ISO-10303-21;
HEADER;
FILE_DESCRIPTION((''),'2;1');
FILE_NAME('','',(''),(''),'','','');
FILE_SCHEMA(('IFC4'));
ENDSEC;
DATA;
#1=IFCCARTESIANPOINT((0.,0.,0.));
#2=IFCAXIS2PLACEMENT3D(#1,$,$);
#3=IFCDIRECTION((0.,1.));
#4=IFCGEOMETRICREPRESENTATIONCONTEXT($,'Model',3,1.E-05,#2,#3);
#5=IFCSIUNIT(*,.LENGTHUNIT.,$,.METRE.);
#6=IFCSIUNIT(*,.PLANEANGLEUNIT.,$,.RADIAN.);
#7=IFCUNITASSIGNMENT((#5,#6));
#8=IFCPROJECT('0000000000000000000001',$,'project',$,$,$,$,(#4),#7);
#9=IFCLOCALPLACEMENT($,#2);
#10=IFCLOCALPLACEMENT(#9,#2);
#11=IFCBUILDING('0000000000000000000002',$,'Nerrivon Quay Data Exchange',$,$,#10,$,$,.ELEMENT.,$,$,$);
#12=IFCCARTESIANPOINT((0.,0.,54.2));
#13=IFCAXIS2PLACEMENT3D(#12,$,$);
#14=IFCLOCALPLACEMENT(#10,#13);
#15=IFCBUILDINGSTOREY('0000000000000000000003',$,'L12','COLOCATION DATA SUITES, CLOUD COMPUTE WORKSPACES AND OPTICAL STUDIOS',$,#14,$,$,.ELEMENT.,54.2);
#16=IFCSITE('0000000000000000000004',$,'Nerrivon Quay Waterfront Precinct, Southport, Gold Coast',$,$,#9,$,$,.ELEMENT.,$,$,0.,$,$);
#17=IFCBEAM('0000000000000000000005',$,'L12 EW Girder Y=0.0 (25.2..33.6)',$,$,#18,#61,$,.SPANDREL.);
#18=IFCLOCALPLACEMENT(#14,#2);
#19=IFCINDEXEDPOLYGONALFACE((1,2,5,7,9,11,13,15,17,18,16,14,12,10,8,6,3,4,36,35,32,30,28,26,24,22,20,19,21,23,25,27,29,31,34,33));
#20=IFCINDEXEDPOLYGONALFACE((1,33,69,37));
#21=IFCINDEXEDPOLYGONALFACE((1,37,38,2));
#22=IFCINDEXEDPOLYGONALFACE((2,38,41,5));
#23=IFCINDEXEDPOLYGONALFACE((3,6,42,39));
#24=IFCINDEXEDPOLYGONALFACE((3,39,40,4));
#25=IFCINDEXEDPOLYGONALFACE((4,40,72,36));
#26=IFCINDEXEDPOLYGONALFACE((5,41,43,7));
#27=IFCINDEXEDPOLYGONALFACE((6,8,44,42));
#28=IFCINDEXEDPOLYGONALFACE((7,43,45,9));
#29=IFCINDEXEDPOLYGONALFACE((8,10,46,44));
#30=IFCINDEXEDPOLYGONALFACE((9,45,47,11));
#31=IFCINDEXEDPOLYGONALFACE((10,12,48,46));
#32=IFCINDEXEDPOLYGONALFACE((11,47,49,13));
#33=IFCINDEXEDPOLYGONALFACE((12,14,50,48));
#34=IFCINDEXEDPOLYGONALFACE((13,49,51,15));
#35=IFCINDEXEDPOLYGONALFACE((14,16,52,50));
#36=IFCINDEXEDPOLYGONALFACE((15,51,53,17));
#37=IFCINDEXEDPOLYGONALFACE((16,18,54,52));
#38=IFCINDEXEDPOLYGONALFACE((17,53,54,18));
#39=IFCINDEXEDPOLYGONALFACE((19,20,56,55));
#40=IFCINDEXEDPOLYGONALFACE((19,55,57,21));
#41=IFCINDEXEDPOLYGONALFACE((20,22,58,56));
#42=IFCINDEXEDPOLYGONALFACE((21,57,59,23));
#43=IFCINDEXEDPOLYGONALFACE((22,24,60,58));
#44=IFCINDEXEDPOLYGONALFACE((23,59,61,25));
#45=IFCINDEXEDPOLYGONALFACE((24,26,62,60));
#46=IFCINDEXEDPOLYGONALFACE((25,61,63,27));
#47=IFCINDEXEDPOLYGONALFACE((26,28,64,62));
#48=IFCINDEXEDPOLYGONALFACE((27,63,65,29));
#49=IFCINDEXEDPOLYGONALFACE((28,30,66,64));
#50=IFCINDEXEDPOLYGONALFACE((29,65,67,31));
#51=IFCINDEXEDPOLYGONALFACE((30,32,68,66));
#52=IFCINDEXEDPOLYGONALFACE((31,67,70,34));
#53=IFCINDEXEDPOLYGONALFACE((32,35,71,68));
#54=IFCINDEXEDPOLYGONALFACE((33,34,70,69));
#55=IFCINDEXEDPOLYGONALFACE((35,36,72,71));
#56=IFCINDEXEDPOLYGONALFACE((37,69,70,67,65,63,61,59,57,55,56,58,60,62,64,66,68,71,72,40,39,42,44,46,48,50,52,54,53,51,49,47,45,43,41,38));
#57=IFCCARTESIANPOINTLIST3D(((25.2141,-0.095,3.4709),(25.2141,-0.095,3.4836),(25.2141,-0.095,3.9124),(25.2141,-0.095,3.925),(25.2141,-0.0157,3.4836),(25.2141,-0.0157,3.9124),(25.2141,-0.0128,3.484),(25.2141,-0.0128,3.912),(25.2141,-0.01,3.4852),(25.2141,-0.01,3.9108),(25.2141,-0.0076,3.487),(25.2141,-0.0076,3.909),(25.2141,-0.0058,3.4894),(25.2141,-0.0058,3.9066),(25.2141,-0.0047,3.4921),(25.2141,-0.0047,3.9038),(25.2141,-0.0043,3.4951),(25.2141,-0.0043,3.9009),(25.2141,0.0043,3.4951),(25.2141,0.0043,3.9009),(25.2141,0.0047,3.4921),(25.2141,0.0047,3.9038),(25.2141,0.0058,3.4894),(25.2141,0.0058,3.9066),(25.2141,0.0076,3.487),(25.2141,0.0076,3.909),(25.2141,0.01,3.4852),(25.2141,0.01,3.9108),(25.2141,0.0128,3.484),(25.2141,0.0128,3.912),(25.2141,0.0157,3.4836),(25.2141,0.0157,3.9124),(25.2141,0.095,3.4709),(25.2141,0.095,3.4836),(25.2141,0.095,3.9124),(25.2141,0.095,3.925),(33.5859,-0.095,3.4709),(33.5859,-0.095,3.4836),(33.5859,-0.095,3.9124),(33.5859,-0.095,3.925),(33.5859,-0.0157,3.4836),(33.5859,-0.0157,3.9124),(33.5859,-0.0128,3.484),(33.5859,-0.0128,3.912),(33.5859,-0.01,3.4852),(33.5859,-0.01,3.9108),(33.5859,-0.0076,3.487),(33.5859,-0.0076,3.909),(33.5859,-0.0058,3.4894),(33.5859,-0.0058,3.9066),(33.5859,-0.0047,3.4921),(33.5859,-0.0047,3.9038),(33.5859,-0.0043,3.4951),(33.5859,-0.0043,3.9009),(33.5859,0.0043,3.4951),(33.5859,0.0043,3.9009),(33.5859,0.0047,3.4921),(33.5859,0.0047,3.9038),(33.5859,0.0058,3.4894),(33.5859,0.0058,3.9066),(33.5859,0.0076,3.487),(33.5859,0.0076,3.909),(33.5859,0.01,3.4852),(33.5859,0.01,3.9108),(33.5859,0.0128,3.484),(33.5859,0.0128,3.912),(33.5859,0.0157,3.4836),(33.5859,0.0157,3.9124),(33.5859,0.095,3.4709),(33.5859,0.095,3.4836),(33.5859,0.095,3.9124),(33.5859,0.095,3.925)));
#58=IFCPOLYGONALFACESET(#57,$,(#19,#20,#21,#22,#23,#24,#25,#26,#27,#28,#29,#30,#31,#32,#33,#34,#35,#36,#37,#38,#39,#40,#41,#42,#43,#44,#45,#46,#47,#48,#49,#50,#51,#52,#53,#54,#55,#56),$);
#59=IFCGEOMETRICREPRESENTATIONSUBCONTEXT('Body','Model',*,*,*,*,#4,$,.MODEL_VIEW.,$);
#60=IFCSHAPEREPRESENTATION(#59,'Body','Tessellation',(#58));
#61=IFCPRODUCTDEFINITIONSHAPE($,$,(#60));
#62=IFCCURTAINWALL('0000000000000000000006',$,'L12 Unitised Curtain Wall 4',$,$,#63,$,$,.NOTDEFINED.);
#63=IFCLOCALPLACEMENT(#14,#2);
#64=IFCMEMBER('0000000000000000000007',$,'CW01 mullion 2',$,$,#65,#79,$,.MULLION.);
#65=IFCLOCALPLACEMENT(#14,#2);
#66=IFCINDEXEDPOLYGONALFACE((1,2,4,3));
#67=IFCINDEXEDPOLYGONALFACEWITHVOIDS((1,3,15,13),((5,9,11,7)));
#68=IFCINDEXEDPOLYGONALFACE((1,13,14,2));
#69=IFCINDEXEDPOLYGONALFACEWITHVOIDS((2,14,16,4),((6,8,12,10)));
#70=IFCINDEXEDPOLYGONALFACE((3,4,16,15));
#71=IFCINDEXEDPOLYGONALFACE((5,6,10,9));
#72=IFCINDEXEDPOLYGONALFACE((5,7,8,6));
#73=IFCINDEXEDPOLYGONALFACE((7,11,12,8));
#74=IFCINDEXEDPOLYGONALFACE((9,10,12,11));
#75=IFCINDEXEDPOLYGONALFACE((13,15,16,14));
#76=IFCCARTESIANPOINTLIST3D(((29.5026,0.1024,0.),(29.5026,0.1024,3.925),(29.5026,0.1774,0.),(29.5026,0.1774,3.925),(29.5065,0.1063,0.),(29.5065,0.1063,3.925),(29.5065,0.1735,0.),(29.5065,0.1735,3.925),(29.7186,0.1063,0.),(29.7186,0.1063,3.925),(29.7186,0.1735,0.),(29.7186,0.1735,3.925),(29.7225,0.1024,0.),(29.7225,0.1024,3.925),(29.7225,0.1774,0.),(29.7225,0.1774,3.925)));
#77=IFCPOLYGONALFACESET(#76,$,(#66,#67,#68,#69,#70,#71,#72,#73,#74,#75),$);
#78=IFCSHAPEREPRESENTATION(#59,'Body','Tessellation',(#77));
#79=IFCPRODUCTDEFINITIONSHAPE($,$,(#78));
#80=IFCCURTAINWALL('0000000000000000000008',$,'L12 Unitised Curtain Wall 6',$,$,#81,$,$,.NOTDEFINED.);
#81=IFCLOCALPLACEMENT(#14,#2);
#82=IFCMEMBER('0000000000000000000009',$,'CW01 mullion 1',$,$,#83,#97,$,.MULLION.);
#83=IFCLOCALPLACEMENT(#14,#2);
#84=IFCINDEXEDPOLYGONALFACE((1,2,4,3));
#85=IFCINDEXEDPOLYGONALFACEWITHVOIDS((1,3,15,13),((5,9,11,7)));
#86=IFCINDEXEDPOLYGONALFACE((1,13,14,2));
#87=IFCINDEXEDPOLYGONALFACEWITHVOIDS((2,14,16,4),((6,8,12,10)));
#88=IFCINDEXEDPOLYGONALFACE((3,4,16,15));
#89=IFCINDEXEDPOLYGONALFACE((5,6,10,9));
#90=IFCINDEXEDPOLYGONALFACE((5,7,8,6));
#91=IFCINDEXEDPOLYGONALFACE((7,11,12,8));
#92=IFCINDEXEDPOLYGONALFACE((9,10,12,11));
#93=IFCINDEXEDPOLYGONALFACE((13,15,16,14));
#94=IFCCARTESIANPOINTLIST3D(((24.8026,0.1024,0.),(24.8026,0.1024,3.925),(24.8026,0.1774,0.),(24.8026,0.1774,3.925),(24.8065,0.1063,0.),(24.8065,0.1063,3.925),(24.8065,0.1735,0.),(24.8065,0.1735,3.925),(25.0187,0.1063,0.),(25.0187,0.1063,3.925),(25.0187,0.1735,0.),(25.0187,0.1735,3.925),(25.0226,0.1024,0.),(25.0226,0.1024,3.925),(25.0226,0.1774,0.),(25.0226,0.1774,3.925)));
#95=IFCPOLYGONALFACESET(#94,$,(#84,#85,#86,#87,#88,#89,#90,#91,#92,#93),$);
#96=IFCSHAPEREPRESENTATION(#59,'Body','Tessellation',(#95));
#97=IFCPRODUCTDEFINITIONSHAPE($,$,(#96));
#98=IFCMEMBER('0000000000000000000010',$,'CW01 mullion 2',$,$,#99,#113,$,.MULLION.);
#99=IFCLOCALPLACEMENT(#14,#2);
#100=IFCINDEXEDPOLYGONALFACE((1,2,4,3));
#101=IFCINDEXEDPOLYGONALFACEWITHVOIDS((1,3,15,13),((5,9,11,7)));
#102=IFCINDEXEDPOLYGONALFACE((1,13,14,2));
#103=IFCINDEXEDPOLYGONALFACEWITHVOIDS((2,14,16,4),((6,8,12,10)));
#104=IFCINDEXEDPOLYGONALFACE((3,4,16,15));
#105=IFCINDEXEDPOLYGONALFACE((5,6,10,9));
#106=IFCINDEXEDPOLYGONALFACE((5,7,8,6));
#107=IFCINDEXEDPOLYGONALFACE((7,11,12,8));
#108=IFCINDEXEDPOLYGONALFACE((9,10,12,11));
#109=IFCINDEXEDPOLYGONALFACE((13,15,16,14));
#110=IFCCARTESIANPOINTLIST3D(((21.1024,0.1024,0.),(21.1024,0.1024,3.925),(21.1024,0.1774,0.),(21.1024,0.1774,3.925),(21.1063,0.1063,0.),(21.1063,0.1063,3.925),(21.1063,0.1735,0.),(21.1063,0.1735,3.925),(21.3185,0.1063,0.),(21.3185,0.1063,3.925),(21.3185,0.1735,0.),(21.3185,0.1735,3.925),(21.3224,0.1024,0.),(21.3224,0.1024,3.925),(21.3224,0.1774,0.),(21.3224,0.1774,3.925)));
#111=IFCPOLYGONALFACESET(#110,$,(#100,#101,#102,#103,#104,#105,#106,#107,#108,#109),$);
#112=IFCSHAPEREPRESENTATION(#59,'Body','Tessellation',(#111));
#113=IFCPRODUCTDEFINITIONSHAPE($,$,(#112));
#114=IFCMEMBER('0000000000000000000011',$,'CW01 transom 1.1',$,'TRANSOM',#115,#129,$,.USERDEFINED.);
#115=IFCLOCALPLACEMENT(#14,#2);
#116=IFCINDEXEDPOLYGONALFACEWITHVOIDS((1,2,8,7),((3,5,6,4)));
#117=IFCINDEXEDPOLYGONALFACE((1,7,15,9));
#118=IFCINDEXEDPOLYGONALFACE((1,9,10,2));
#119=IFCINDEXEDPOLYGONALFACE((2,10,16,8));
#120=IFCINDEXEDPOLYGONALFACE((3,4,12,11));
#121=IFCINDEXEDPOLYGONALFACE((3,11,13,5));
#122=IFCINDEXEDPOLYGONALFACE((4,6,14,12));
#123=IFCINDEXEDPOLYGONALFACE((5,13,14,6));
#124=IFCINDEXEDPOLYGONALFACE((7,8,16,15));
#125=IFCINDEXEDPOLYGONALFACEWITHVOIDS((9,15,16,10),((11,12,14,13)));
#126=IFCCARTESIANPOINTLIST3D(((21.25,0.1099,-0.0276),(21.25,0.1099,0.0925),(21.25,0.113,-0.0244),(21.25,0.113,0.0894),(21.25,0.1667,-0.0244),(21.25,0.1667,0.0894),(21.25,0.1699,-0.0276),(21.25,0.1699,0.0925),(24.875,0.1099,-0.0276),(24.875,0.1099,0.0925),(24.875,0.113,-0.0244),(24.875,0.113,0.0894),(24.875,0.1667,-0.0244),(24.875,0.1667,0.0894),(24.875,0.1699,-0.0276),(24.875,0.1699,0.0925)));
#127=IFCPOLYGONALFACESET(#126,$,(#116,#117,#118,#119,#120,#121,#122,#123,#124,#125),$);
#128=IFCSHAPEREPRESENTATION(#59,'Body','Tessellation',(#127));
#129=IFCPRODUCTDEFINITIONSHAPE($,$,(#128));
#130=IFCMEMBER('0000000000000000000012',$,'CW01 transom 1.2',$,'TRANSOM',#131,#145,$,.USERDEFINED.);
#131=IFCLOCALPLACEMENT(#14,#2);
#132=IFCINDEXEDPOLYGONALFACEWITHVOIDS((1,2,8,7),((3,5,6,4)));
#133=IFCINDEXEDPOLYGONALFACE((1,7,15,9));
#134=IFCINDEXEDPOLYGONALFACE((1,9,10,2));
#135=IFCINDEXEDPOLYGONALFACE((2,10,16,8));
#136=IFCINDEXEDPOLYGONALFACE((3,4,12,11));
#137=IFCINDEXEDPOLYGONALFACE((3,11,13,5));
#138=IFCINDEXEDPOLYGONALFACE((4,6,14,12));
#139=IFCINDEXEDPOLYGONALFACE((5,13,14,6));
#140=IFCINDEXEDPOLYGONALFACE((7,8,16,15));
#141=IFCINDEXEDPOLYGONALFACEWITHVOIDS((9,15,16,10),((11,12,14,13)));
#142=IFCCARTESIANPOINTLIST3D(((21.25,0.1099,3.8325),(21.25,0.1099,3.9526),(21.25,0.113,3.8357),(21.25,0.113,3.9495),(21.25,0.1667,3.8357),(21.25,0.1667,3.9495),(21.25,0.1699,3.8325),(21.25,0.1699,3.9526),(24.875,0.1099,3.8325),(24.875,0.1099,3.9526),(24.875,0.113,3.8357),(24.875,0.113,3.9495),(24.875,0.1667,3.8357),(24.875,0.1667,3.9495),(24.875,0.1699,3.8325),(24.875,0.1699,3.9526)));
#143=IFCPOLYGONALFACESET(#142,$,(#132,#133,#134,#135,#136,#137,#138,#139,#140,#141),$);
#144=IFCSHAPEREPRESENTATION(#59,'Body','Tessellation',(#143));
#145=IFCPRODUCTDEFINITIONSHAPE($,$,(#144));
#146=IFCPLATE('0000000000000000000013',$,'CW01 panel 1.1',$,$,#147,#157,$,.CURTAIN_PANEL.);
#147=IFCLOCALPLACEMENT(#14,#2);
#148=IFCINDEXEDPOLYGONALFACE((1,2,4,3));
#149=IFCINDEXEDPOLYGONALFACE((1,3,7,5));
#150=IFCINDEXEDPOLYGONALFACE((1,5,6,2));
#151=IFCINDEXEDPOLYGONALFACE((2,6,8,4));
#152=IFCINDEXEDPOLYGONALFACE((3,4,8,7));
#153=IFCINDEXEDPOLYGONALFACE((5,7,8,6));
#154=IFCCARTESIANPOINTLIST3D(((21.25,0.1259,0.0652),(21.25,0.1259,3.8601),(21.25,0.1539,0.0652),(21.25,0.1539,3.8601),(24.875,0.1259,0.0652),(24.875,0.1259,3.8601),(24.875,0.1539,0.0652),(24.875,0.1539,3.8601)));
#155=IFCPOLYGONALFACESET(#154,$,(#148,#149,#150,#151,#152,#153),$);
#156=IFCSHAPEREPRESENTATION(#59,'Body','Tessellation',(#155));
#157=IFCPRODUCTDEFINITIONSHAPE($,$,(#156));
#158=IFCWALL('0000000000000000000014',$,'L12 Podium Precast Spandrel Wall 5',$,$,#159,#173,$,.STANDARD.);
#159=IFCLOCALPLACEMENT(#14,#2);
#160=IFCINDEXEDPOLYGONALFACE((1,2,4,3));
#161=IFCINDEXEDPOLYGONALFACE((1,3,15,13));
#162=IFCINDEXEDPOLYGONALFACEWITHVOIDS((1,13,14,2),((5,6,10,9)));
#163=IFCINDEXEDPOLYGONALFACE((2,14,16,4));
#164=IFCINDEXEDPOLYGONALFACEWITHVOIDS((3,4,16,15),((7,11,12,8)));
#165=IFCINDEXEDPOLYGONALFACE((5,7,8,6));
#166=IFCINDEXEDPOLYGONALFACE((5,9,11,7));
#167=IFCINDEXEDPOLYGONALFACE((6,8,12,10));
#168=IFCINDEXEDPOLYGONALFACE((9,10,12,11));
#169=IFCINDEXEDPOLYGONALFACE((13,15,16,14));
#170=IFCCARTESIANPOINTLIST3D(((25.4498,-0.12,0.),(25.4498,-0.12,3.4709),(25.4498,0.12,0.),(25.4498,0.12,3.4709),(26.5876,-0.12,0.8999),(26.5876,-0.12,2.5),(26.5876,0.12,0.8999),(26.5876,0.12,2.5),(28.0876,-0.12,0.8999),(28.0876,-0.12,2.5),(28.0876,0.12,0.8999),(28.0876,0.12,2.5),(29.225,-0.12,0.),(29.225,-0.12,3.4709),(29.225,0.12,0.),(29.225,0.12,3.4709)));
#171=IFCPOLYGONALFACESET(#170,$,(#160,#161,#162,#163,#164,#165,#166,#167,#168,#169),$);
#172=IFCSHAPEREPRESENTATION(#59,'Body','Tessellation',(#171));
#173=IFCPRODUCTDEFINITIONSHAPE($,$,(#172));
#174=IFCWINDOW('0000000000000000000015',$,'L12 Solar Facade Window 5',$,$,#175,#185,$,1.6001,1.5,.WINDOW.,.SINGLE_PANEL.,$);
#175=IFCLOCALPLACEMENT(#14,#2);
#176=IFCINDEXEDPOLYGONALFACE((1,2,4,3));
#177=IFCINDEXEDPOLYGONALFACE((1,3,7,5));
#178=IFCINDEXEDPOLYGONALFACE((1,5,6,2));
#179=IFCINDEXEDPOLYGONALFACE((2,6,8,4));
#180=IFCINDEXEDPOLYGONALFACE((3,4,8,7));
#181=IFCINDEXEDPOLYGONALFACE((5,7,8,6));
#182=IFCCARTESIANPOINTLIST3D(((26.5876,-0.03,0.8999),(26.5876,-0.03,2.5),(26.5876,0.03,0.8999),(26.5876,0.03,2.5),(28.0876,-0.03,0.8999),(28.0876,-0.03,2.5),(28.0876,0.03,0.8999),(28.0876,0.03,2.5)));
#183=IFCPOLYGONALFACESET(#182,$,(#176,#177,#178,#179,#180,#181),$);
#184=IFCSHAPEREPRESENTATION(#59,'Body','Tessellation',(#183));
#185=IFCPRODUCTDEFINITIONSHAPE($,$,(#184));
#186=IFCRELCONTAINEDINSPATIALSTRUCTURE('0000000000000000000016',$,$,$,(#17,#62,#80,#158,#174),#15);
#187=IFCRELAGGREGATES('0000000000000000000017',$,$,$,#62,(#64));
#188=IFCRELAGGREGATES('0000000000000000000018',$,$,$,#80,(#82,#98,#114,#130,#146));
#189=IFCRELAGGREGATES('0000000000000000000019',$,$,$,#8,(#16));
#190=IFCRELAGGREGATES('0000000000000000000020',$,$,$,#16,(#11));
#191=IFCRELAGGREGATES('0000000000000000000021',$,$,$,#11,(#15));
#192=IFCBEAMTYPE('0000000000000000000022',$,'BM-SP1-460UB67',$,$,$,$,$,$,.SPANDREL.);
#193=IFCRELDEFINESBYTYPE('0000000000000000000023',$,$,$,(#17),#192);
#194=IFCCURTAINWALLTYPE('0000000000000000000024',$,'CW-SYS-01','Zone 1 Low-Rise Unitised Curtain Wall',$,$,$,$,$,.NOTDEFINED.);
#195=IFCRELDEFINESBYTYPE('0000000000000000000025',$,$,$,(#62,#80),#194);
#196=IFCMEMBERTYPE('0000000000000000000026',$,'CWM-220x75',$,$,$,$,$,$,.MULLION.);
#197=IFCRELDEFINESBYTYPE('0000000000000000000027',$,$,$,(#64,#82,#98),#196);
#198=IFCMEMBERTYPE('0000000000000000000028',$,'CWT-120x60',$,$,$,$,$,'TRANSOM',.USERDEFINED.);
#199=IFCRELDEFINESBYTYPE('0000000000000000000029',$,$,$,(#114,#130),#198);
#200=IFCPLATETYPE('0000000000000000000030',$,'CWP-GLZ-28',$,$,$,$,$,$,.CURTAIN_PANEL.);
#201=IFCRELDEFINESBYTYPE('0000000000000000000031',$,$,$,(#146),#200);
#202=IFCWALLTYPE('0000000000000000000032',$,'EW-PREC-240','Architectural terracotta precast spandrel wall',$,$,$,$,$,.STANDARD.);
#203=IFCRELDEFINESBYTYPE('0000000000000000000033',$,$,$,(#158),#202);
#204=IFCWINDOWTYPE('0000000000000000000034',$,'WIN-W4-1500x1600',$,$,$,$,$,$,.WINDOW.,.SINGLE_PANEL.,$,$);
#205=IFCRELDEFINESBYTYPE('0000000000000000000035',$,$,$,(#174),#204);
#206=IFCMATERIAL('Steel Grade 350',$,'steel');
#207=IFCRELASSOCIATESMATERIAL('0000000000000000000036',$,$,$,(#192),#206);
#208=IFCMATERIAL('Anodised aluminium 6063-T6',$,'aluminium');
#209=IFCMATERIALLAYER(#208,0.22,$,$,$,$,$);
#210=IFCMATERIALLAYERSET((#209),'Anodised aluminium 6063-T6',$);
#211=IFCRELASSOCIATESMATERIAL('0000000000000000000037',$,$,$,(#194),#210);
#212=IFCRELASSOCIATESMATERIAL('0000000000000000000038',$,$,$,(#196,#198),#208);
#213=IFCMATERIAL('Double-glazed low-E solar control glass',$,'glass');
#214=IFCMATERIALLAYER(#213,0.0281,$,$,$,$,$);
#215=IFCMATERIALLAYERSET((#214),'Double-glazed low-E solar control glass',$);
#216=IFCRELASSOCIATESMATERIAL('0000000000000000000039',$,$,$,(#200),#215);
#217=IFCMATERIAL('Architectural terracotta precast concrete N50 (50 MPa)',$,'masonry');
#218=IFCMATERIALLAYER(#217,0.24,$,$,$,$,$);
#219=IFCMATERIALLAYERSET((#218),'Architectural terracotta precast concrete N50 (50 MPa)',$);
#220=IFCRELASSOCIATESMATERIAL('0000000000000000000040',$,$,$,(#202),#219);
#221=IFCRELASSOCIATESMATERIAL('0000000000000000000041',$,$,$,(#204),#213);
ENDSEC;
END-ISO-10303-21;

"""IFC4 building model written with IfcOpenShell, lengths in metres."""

from ifc_helpers import new_model, si_unit, direction, frame, frame_2d, origin, origin_2d, place, context, subcontext, project, spatial, rectangle, hollow_rectangle, i_section, extrude, material, layer, layer_set, material_profile, profile_set, type_object, element, fill, aggregate, save


model = new_model("IFC4")

# Units and contexts
model_context = context("Model", 3, precision=1e-05, world=origin(), true_north=direction((0.0, 1.0)))
body_context = subcontext(model_context, "Body", "Model", "MODEL_VIEW")
ifc_project = project(units=[si_unit("LENGTHUNIT", "METRE"), si_unit("PLANEANGLEUNIT", "RADIAN")], contexts=[model_context])

# Site, building, storey
site_placement = place(None, origin())
site = spatial("IfcSite", under=ifc_project, at=site_placement, Name="Nerrivon Quay Waterfront Precinct, Southport, Gold Coast", CompositionType="ELEMENT", RefElevation=0.0)
building_placement = place(site_placement, origin())
building = spatial("IfcBuilding", under=site, at=building_placement, Name="Nerrivon Quay Data Exchange", CompositionType="ELEMENT")
storey_placement = place(building_placement, frame((0.0, 0.0, 54.2)))
storey = spatial("IfcBuildingStorey", under=building, at=storey_placement, Name="L12", Description="COLOCATION DATA SUITES, CLOUD COMPUTE WORKSPACES AND OPTICAL STUDIOS", CompositionType="ELEMENT", Elevation=54.2)

# Shared definitions
ifc_material_1 = material(Name="Steel Grade 350", Category="steel")

# Beam
ifc_material_profile_1 = material_profile(ifc_material_1, i_section(OverallWidth=0.1899, OverallDepth=0.4541, WebThickness=0.0085, FlangeThickness=0.0127, FilletRadius=0.0115, at=origin_2d()), Name="460UB67.1")
ifc_profile_set_1 = profile_set([ifc_material_profile_1], Name="Steel Grade 350")
beam_type_1 = type_object("IfcBeamType", Name="BM-SP1-460UB67", PredefinedType="SPANDREL", material=ifc_profile_set_1)
beam_1_placement = place(storey_placement, frame((25.2141, 0.0, 3.698), z_axis=(1.0, 0.0, 0.0), x_axis=(0.0, 1.0, 0.0)))
element("IfcBeam", 1, at=beam_1_placement, inside=storey, type_object=beam_type_1, Name="L12 EW Girder Y=0.0 (25.2..33.6)", PredefinedType="SPANDREL", context=body_context, shape_type="SweptSolid", body=[
    extrude(i_section(OverallWidth=0.1899, OverallDepth=0.4541, WebThickness=0.0085, FlangeThickness=0.0127, FilletRadius=0.0115, at=origin_2d()), origin(), (0.0, 0.0, 1.0), 8.3718),
])

# Curtain wall, member
ifc_material_2 = material(Name="Anodised aluminium 6063-T6", Category="aluminium")
ifc_layer_1 = layer(ifc_material_2, 0.22)
ifc_layer_set_1 = layer_set([ifc_layer_1], Name="Anodised aluminium 6063-T6")
curtain_wall_type = type_object("IfcCurtainWallType", Name="CW-SYS-01", Description="Zone 1 Low-Rise Unitised Curtain Wall", PredefinedType="NOTDEFINED", material=ifc_layer_set_1)
curtain_wall_1_placement = place(storey_placement, origin())
curtain_wall_1 = element("IfcCurtainWall", 2, at=curtain_wall_1_placement, inside=storey, type_object=curtain_wall_type, Name="L12 Unitised Curtain Wall 4", PredefinedType="NOTDEFINED")
ifc_material_profile_2 = material_profile(ifc_material_2, hollow_rectangle(XDim=0.075, YDim=0.22, WallThickness=0.0039, at=origin_2d()), Name="ALU-MULL-220x75")
ifc_profile_set_2 = profile_set([ifc_material_profile_2], Name="Anodised aluminium 6063-T6")
member_type_1 = type_object("IfcMemberType", Name="CWM-220x75", PredefinedType="MULLION", material=ifc_profile_set_2)
member_1_placement = place(storey_placement, frame((29.6125, 0.1399, 0.0), z_axis=(0.0, 0.0, 1.0), x_axis=(0.0, -1.0, 0.0)))
member_1 = element("IfcMember", 3, at=member_1_placement, type_object=member_type_1, Name="CW01 mullion 2", PredefinedType="MULLION", context=body_context, shape_type="SweptSolid", body=[
    extrude(hollow_rectangle(XDim=0.075, YDim=0.22, WallThickness=0.0039, at=origin_2d()), origin(), (0.0, 0.0, 1.0), 3.925),
])
aggregate(curtain_wall_1, [member_1])

# Curtain wall, members, plate
curtain_wall_2_placement = place(storey_placement, origin())
curtain_wall_2 = element("IfcCurtainWall", 4, at=curtain_wall_2_placement, inside=storey, type_object=curtain_wall_type, Name="L12 Unitised Curtain Wall 6", PredefinedType="NOTDEFINED")
member_2_placement = place(storey_placement, frame((24.9126, 0.1399, 0.0), z_axis=(0.0, 0.0, 1.0), x_axis=(0.0, -1.0, 0.0)))
member_2 = element("IfcMember", 5, at=member_2_placement, type_object=member_type_1, Name="CW01 mullion 1", PredefinedType="MULLION", context=body_context, shape_type="SweptSolid", body=[
    extrude(hollow_rectangle(XDim=0.075, YDim=0.22, WallThickness=0.0039, at=origin_2d()), origin(), (0.0, 0.0, 1.0), 3.925),
])
member_3_placement = place(storey_placement, frame((21.2124, 0.1399, 0.0), z_axis=(0.0, 0.0, 1.0), x_axis=(0.0, -1.0, 0.0)))
member_3 = element("IfcMember", 6, at=member_3_placement, type_object=member_type_1, Name="CW01 mullion 2", PredefinedType="MULLION", context=body_context, shape_type="SweptSolid", body=[
    extrude(hollow_rectangle(XDim=0.075, YDim=0.22, WallThickness=0.0039, at=origin_2d()), origin(), (0.0, 0.0, 1.0), 3.925),
])
ifc_material_profile_3 = material_profile(ifc_material_2, hollow_rectangle(XDim=0.0601, YDim=0.1201, WallThickness=0.0032, at=origin_2d()), Name="ALU-TRAN-120x60")
ifc_profile_set_3 = profile_set([ifc_material_profile_3], Name="Anodised aluminium 6063-T6")
member_type_2 = type_object("IfcMemberType", Name="CWT-120x60", ElementType="TRANSOM", PredefinedType="USERDEFINED", material=ifc_profile_set_3)
member_4_placement = place(storey_placement, frame((24.875, 0.1399, 0.0325), z_axis=(-1.0, 0.0, 0.0), x_axis=(0.0, -1.0, 0.0)))
member_4 = element("IfcMember", 7, at=member_4_placement, type_object=member_type_2, Name="CW01 transom 1.1", ObjectType="TRANSOM", PredefinedType="USERDEFINED", context=body_context, shape_type="SweptSolid", body=[
    extrude(hollow_rectangle(XDim=0.0601, YDim=0.1201, WallThickness=0.0032, at=origin_2d()), origin(), (0.0, 0.0, 1.0), 3.625),
])
member_5_placement = place(storey_placement, frame((24.875, 0.1399, 3.8926), z_axis=(-1.0, 0.0, 0.0), x_axis=(0.0, -1.0, 0.0)))
member_5 = element("IfcMember", 8, at=member_5_placement, type_object=member_type_2, Name="CW01 transom 1.2", ObjectType="TRANSOM", PredefinedType="USERDEFINED", context=body_context, shape_type="SweptSolid", body=[
    extrude(hollow_rectangle(XDim=0.0601, YDim=0.1201, WallThickness=0.0032, at=origin_2d()), origin(), (0.0, 0.0, 1.0), 3.625),
])
ifc_material_3 = material(Name="Double-glazed low-E solar control glass", Category="glass")
ifc_layer_2 = layer(ifc_material_3, 0.0281)
ifc_layer_set_2 = layer_set([ifc_layer_2], Name="Double-glazed low-E solar control glass")
plate_type = type_object("IfcPlateType", Name="CWP-GLZ-28", PredefinedType="CURTAIN_PANEL", material=ifc_layer_set_2)
plate_placement = place(storey_placement, frame((23.0625, 0.1399, 0.0652), z_axis=(0.0, 0.0, 1.0), x_axis=(-1.0, 0.0, 0.0)))
plate = element("IfcPlate", 9, at=plate_placement, type_object=plate_type, Name="CW01 panel 1.1", PredefinedType="CURTAIN_PANEL", context=body_context, shape_type="SweptSolid", body=[
    extrude(rectangle(XDim=3.625, YDim=0.0281, at=origin_2d()), origin(), (0.0, 0.0, 1.0), 3.7949),
])
aggregate(curtain_wall_2, [member_2, member_3, member_4, member_5, plate])

# Wall, opening, window
ifc_material_4 = material(Name="Architectural terracotta precast concrete N50 (50 MPa)", Category="masonry")
ifc_layer_3 = layer(ifc_material_4, 0.24)
ifc_layer_set_3 = layer_set([ifc_layer_3], Name="Architectural terracotta precast concrete N50 (50 MPa)")
wall_type_1 = type_object("IfcWallType", Name="EW-PREC-240", Description="Architectural terracotta precast spandrel wall", PredefinedType="STANDARD", material=ifc_layer_set_3)
wall_1_placement = place(storey_placement, frame((29.2251, 0.0, 0.0), z_axis=(0.0, 0.0, 1.0), x_axis=(-1.0, 0.0, 0.0)))
wall_1 = element("IfcWall", 10, at=wall_1_placement, inside=storey, type_object=wall_type_1, Name="L12 Podium Precast Spandrel Wall 5", PredefinedType="STANDARD", context=body_context, shape_type="SweptSolid", body=[
    extrude(rectangle(XDim=3.7751, YDim=0.24, at=frame_2d((1.8877, 0.0))), origin(), (0.0, 0.0, 1.0), 3.4709),
])
opening_1_placement = place(wall_1_placement, frame((1.1375, 0.0, 0.8999)))
opening_1 = element("IfcOpeningElement", 11, at=opening_1_placement, cuts=wall_1, PredefinedType="OPENING", context=body_context, shape_type="SweptSolid", body=[
    extrude(rectangle(XDim=1.5, YDim=1.6001, at=frame_2d((0.75, 0.8))), frame((0.0, 0.1299, 0.0), z_axis=(0.0, -1.0, 0.0), x_axis=(1.0, 0.0, 0.0)), (0.0, 0.0, 1.0), 0.26),
])
window_type = type_object("IfcWindowType", Name="WIN-W4-1500x1600", PartitioningType="SINGLE_PANEL", PredefinedType="WINDOW", material=ifc_material_3)
window_1_placement = place(opening_1_placement, origin())
window_1 = element("IfcWindow", 12, at=window_1_placement, inside=storey, type_object=window_type, Name="L12 Solar Facade Window 5", OverallHeight=1.6001, OverallWidth=1.5, PartitioningType="SINGLE_PANEL", PredefinedType="WINDOW", context=body_context, shape_type="SweptSolid", body=[
    extrude(rectangle(XDim=1.5, YDim=1.6001, at=frame_2d((0.75, 0.8))), frame((0.0, 0.03, 0.0), z_axis=(0.0, -1.0, 0.0), x_axis=(1.0, 0.0, 0.0)), (0.0, 0.0, 1.0), 0.0601),
])
fill(opening_1, window_1)

save(model, "model.ifc")
